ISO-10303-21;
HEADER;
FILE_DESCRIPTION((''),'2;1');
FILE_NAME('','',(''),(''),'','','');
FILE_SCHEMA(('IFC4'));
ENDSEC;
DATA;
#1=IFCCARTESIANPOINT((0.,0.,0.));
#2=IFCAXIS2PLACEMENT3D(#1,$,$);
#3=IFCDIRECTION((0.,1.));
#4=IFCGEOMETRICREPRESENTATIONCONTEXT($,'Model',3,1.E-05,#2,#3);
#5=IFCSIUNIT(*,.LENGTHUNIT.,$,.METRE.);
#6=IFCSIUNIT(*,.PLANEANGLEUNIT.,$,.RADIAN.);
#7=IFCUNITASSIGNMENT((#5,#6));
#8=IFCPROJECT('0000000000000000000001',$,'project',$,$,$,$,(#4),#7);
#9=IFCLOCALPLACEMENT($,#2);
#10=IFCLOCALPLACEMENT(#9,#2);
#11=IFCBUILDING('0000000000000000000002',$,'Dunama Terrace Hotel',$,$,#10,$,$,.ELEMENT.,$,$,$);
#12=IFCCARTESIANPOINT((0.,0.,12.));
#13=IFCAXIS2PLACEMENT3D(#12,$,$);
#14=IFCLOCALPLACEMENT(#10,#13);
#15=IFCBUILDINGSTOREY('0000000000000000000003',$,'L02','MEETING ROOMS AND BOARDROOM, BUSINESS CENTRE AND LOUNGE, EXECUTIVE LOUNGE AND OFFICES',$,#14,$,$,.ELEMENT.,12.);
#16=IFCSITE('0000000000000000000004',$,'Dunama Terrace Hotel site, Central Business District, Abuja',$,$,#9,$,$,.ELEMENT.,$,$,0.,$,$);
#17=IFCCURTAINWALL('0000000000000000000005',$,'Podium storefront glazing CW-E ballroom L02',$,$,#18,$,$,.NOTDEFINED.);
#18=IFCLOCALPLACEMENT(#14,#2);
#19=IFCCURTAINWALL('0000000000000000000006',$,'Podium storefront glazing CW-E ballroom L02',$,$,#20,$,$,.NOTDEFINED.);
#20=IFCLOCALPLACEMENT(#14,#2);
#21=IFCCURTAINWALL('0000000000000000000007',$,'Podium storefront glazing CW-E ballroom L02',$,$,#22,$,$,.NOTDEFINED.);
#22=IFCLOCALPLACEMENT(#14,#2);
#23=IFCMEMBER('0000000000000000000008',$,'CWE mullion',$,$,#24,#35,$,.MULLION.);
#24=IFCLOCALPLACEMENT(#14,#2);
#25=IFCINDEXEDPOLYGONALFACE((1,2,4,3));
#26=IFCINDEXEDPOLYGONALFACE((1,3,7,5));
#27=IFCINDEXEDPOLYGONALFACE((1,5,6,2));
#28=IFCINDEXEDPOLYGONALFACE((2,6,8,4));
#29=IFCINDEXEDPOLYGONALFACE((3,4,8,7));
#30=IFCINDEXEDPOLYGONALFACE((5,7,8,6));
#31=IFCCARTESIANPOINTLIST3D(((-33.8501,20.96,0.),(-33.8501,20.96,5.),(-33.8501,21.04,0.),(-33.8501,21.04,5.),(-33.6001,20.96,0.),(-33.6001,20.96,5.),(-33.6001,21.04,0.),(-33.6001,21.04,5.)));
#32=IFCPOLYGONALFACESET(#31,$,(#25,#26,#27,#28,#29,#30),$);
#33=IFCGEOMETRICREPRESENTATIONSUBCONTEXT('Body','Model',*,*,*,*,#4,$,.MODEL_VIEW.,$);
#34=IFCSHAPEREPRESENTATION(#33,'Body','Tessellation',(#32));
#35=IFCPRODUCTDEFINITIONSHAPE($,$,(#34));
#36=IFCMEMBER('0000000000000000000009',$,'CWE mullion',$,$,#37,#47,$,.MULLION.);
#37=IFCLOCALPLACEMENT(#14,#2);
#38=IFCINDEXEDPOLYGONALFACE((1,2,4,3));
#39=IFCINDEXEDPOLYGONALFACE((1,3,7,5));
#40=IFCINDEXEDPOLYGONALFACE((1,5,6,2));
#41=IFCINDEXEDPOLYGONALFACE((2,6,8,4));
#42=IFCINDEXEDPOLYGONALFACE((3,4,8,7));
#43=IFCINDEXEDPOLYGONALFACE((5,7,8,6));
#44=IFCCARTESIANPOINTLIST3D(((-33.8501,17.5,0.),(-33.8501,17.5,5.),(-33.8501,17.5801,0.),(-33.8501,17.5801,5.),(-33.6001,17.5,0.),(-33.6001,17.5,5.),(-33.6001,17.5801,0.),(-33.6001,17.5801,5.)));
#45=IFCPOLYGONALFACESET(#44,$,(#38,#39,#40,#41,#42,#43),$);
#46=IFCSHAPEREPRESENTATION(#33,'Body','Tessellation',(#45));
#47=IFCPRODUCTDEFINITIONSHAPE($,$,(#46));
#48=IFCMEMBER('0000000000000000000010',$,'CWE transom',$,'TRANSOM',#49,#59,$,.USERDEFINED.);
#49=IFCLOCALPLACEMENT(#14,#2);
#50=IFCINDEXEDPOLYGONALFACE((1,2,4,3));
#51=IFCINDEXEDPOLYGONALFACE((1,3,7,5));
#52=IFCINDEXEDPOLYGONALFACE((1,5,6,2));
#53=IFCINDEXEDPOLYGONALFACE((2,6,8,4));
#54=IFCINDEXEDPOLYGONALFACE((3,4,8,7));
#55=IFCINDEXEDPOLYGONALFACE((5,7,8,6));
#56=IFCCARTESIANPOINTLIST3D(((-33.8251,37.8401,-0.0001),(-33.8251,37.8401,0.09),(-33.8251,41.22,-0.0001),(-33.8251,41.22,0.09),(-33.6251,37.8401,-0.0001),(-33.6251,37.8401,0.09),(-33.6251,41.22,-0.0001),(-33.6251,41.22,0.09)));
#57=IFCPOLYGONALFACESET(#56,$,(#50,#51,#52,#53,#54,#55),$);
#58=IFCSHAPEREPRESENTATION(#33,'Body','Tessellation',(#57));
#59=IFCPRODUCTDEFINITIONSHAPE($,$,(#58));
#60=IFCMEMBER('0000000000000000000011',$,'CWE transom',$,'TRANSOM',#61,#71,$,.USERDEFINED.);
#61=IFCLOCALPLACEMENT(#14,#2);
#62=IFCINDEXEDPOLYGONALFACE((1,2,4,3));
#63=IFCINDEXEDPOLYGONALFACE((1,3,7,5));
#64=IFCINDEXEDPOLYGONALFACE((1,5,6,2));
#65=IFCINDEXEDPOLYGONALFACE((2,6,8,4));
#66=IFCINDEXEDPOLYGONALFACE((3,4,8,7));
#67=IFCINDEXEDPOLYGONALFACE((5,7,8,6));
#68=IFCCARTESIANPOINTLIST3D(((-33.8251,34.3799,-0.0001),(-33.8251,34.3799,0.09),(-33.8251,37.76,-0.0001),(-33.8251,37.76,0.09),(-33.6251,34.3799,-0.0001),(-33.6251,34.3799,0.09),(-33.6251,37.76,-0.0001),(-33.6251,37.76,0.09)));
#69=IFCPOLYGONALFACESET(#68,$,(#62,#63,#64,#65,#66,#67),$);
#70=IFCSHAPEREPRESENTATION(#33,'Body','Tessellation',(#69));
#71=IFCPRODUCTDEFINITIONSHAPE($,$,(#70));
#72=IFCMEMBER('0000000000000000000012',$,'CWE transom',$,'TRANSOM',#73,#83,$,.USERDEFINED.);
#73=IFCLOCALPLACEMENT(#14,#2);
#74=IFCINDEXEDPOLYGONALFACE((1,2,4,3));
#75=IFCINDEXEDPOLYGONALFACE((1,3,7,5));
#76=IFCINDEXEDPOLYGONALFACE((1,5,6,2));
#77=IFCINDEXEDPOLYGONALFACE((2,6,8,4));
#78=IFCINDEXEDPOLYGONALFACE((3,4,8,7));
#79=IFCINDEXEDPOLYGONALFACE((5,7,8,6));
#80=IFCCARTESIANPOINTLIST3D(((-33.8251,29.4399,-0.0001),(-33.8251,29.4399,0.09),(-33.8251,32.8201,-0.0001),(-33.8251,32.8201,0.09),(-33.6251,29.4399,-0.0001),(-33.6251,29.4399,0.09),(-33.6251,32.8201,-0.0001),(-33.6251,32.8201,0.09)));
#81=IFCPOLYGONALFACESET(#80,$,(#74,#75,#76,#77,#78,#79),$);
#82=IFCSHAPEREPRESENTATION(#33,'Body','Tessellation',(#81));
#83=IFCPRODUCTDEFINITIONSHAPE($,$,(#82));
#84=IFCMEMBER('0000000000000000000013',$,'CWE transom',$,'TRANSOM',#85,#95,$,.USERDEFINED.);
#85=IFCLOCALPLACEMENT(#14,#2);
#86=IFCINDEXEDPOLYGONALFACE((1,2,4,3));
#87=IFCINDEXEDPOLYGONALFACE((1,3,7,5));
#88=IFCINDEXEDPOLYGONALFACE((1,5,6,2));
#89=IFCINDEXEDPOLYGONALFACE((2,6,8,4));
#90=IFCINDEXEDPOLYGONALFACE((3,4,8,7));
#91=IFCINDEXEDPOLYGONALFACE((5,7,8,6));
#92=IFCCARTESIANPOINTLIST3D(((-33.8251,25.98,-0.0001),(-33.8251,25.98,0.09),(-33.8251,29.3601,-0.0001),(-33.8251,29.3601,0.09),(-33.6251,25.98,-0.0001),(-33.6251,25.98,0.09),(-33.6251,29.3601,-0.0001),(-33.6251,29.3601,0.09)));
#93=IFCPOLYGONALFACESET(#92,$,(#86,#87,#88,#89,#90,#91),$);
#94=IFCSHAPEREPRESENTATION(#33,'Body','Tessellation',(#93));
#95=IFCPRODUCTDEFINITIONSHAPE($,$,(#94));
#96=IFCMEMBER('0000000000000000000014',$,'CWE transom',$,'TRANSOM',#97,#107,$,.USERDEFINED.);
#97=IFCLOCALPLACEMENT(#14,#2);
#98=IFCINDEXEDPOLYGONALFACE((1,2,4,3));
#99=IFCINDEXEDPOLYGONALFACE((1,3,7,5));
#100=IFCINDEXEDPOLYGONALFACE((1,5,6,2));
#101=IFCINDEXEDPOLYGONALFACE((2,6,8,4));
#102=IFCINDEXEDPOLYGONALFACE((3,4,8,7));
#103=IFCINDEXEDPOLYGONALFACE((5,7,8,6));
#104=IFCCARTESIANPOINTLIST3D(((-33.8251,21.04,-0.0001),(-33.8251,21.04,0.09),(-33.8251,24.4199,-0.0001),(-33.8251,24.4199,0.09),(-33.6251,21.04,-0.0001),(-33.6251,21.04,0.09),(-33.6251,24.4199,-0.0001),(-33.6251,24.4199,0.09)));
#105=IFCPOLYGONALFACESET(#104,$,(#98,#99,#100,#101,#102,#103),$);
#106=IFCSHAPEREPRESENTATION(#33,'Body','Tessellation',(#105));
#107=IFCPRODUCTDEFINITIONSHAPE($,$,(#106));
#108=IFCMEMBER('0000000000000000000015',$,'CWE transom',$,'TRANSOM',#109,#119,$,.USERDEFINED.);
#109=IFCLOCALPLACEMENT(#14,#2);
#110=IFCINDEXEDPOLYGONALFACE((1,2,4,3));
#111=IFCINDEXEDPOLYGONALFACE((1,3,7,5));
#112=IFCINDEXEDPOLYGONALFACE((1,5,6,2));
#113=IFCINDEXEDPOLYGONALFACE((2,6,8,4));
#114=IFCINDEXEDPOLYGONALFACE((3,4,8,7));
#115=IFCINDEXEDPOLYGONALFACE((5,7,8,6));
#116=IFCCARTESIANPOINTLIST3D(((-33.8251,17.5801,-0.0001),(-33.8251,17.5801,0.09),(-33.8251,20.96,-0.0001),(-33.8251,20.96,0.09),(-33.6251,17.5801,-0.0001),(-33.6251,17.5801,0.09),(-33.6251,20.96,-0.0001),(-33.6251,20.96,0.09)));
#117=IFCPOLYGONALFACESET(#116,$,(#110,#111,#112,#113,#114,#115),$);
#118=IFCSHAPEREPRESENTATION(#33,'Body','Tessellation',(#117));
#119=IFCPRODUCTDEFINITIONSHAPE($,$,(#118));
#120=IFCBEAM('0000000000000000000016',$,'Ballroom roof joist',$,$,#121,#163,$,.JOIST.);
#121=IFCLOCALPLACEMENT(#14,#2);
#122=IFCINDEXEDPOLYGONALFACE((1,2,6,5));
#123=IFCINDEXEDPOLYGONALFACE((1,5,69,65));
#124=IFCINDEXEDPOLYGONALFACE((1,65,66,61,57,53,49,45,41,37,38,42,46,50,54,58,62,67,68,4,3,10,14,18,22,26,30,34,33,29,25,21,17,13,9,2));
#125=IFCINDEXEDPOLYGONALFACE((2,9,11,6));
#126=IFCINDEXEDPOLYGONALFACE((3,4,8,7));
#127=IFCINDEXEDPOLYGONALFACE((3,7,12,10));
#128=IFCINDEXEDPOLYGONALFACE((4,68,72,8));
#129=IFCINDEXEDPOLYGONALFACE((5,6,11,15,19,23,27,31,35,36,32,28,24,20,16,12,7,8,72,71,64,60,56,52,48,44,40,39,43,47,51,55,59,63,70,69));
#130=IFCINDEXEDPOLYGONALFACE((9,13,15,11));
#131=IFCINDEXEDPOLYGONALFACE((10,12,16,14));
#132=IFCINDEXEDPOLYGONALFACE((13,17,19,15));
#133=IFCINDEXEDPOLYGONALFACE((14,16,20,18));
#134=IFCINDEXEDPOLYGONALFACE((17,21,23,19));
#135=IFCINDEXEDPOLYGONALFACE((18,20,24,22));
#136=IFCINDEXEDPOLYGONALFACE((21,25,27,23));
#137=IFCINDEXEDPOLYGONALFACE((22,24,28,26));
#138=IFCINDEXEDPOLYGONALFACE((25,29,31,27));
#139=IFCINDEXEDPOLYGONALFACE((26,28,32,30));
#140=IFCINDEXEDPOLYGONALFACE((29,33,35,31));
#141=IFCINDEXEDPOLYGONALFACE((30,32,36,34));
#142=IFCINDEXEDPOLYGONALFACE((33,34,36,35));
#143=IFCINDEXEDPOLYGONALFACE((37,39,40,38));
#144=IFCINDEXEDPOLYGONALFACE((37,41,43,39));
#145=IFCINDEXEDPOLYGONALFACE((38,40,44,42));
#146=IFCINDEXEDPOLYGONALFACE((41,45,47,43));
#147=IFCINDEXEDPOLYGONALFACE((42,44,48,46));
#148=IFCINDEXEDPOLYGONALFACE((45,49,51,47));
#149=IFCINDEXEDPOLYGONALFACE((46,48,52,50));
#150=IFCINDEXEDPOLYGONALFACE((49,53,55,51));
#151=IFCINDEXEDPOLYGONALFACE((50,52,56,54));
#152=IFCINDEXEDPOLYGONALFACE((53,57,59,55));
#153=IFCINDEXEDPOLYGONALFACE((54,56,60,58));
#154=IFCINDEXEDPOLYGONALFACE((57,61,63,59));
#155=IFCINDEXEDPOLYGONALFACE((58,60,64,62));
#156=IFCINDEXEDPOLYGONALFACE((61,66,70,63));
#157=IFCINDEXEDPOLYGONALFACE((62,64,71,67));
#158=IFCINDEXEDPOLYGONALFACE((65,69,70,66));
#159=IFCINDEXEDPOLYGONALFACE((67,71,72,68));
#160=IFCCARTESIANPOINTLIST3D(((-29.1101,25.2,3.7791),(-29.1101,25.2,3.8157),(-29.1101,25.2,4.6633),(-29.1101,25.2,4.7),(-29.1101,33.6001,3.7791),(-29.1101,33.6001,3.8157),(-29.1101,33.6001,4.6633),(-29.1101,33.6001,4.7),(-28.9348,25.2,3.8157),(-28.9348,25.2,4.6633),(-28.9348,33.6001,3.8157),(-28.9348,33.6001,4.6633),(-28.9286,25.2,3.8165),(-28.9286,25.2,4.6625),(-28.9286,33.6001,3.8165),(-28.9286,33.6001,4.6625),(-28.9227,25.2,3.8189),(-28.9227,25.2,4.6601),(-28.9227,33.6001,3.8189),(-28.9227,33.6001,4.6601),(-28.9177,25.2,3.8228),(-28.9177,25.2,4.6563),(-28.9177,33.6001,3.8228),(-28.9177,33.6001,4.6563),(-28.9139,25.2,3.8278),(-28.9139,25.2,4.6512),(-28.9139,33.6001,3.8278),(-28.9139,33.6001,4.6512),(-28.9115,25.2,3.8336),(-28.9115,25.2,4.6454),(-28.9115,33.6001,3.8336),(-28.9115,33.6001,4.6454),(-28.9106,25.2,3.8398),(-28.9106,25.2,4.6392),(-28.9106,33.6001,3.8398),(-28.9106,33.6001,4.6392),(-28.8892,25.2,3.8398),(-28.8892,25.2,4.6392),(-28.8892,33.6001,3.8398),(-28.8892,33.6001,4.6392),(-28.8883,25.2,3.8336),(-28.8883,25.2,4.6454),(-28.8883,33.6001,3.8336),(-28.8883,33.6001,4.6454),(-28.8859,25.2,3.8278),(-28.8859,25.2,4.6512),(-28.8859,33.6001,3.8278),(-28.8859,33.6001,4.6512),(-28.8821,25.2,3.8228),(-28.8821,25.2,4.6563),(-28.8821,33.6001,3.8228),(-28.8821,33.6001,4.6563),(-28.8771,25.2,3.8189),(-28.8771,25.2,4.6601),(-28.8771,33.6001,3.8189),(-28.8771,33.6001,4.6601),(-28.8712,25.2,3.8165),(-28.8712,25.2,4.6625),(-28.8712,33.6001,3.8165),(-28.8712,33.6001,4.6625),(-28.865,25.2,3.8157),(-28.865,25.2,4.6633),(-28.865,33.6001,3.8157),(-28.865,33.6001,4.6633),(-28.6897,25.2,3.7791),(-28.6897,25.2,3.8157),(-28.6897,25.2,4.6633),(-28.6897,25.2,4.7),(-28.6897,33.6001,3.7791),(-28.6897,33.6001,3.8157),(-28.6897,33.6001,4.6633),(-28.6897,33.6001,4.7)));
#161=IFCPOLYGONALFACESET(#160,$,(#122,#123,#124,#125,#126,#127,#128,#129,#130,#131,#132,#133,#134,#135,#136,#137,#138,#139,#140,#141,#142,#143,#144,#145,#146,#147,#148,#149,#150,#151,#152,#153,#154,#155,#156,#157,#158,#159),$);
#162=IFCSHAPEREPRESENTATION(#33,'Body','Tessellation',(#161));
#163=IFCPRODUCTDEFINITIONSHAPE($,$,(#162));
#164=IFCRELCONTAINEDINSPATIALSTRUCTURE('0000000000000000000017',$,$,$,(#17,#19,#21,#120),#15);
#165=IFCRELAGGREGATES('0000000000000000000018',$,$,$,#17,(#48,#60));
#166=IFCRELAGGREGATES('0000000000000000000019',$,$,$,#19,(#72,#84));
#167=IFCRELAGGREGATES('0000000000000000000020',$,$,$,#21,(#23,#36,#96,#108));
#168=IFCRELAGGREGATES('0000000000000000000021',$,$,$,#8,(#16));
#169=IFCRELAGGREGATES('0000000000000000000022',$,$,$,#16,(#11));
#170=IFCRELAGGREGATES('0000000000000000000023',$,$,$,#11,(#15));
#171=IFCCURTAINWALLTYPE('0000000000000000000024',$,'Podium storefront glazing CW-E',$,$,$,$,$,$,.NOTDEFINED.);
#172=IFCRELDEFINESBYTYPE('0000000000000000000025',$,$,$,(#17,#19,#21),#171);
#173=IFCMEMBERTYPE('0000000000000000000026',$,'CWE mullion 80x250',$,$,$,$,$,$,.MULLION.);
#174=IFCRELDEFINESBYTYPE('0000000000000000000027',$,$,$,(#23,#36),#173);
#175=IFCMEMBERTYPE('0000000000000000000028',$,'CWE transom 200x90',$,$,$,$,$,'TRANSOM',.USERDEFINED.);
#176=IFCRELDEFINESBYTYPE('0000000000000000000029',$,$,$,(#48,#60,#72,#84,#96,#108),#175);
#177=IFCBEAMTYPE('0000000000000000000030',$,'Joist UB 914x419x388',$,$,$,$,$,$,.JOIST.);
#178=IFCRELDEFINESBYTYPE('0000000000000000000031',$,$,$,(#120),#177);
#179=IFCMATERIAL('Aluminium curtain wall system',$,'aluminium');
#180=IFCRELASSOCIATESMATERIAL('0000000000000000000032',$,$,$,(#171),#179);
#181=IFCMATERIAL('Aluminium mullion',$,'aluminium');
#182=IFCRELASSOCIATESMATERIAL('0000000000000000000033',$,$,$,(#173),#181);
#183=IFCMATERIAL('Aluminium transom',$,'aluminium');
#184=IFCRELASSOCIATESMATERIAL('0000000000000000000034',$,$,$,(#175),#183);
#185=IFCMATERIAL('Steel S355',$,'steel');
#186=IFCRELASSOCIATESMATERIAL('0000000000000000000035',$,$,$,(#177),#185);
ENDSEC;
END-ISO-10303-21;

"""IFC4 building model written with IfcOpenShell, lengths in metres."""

from ifc_helpers import new_model, si_unit, direction, frame, origin, origin_2d, place, context, subcontext, project, spatial, rectangle, i_section, extrude, material, material_profile, profile_set, type_object, element, aggregate, save


model = new_model("IFC4")

# Units and contexts
model_context = context("Model", 3, precision=1e-05, world=origin(), true_north=direction((0.0, 1.0)))
body_context = subcontext(model_context, "Body", "Model", "MODEL_VIEW")
ifc_project = project(units=[si_unit("LENGTHUNIT", "METRE"), si_unit("PLANEANGLEUNIT", "RADIAN")], contexts=[model_context])

# Site, building, storey
site_placement = place(None, origin())
site = spatial("IfcSite", under=ifc_project, at=site_placement, Name="Dunama Terrace Hotel site, Central Business District, Abuja", CompositionType="ELEMENT", RefElevation=0.0)
building_placement = place(site_placement, origin())
building = spatial("IfcBuilding", under=site, at=building_placement, Name="Dunama Terrace Hotel", CompositionType="ELEMENT")
storey_placement = place(building_placement, frame((0.0, 0.0, 12.0)))
storey = spatial("IfcBuildingStorey", under=building, at=storey_placement, Name="L02", Description="MEETING ROOMS AND BOARDROOM, BUSINESS CENTRE AND LOUNGE, EXECUTIVE LOUNGE AND OFFICES", CompositionType="ELEMENT", Elevation=12.0)

# Curtain walls, members
ifc_material_1 = material(Name="Aluminium curtain wall system", Category="aluminium")
curtain_wall_type = type_object("IfcCurtainWallType", Name="Podium storefront glazing CW-E", PredefinedType="NOTDEFINED", material=ifc_material_1)
curtain_wall_1_placement = place(storey_placement, origin())
curtain_wall_1 = element("IfcCurtainWall", 1, at=curtain_wall_1_placement, inside=storey, type_object=curtain_wall_type, Name="Podium storefront glazing CW-E ballroom L02", PredefinedType="NOTDEFINED")
ifc_material_2 = material(Name="Aluminium mullion", Category="aluminium")
ifc_material_profile_1 = material_profile(ifc_material_2, rectangle(XDim=0.0801, YDim=0.25, at=origin_2d()), Name="CWE MULLION 80X250")
ifc_profile_set_1 = profile_set([ifc_material_profile_1], Name="Aluminium mullion")
member_type_1 = type_object("IfcMemberType", Name="CWE mullion 80x250", PredefinedType="MULLION", material=ifc_profile_set_1)
curtain_wall_2_placement = place(storey_placement, origin())
curtain_wall_2 = element("IfcCurtainWall", 2, at=curtain_wall_2_placement, inside=storey, type_object=curtain_wall_type, Name="Podium storefront glazing CW-E ballroom L02", PredefinedType="NOTDEFINED")
curtain_wall_3_placement = place(storey_placement, origin())
curtain_wall_3 = element("IfcCurtainWall", 3, at=curtain_wall_3_placement, inside=storey, type_object=curtain_wall_type, Name="Podium storefront glazing CW-E ballroom L02", PredefinedType="NOTDEFINED")
member_1_placement = place(storey_placement, frame((-33.7251, 21.0, 0.0), z_axis=(0.0, 0.0, 1.0), x_axis=(0.0, -1.0, 0.0)))
member_1 = element("IfcMember", 4, at=member_1_placement, type_object=member_type_1, Name="CWE mullion", PredefinedType="MULLION", context=body_context, shape_type="SweptSolid", body=[
    extrude(rectangle(XDim=0.0801, YDim=0.25, at=origin_2d()), origin(), (0.0, 0.0, 1.0), 5.0),
])
member_2_placement = place(storey_placement, frame((-33.7251, 17.54, 0.0), z_axis=(0.0, 0.0, 1.0), x_axis=(0.0, -1.0, 0.0)))
member_2 = element("IfcMember", 5, at=member_2_placement, type_object=member_type_1, Name="CWE mullion", PredefinedType="MULLION", context=body_context, shape_type="SweptSolid", body=[
    extrude(rectangle(XDim=0.0801, YDim=0.25, at=origin_2d()), origin(), (0.0, 0.0, 1.0), 5.0),
])

# Members
ifc_material_3 = material(Name="Aluminium transom", Category="aluminium")
ifc_material_profile_2 = material_profile(ifc_material_3, rectangle(XDim=0.2, YDim=0.0901, at=origin_2d()), Name="CWE TRANSOM 200X90")
ifc_profile_set_2 = profile_set([ifc_material_profile_2], Name="Aluminium transom")
member_type_2 = type_object("IfcMemberType", Name="CWE transom 200x90", ElementType="TRANSOM", PredefinedType="USERDEFINED", material=ifc_profile_set_2)
member_3_placement = place(storey_placement, frame((-33.7251, 41.22, 0.0449), z_axis=(0.0, -1.0, 0.0), x_axis=(1.0, 0.0, 0.0)))
member_3 = element("IfcMember", 6, at=member_3_placement, type_object=member_type_2, Name="CWE transom", ObjectType="TRANSOM", PredefinedType="USERDEFINED", context=body_context, shape_type="SweptSolid", body=[
    extrude(rectangle(XDim=0.2, YDim=0.0901, at=origin_2d()), origin(), (0.0, 0.0, 1.0), 3.3799),
])
member_4_placement = place(storey_placement, frame((-33.7251, 37.76, 0.0449), z_axis=(0.0, -1.0, 0.0), x_axis=(1.0, 0.0, 0.0)))
member_4 = element("IfcMember", 7, at=member_4_placement, type_object=member_type_2, Name="CWE transom", ObjectType="TRANSOM", PredefinedType="USERDEFINED", context=body_context, shape_type="SweptSolid", body=[
    extrude(rectangle(XDim=0.2, YDim=0.0901, at=origin_2d()), origin(), (0.0, 0.0, 1.0), 3.3801),
])
member_5_placement = place(storey_placement, frame((-33.7251, 32.8201, 0.0449), z_axis=(0.0, -1.0, 0.0), x_axis=(1.0, 0.0, 0.0)))
member_5 = element("IfcMember", 8, at=member_5_placement, type_object=member_type_2, Name="CWE transom", ObjectType="TRANSOM", PredefinedType="USERDEFINED", context=body_context, shape_type="SweptSolid", body=[
    extrude(rectangle(XDim=0.2, YDim=0.0901, at=origin_2d()), origin(), (0.0, 0.0, 1.0), 3.3801),
])
member_6_placement = place(storey_placement, frame((-33.7251, 29.3601, 0.0449), z_axis=(0.0, -1.0, 0.0), x_axis=(1.0, 0.0, 0.0)))
member_6 = element("IfcMember", 9, at=member_6_placement, type_object=member_type_2, Name="CWE transom", ObjectType="TRANSOM", PredefinedType="USERDEFINED", context=body_context, shape_type="SweptSolid", body=[
    extrude(rectangle(XDim=0.2, YDim=0.0901, at=origin_2d()), origin(), (0.0, 0.0, 1.0), 3.3801),
])
member_7_placement = place(storey_placement, frame((-33.7251, 24.4199, 0.0449), z_axis=(0.0, -1.0, 0.0), x_axis=(1.0, 0.0, 0.0)))
member_7 = element("IfcMember", 10, at=member_7_placement, type_object=member_type_2, Name="CWE transom", ObjectType="TRANSOM", PredefinedType="USERDEFINED", context=body_context, shape_type="SweptSolid", body=[
    extrude(rectangle(XDim=0.2, YDim=0.0901, at=origin_2d()), origin(), (0.0, 0.0, 1.0), 3.3799),
])
member_8_placement = place(storey_placement, frame((-33.7251, 20.96, 0.0449), z_axis=(0.0, -1.0, 0.0), x_axis=(1.0, 0.0, 0.0)))
member_8 = element("IfcMember", 11, at=member_8_placement, type_object=member_type_2, Name="CWE transom", ObjectType="TRANSOM", PredefinedType="USERDEFINED", context=body_context, shape_type="SweptSolid", body=[
    extrude(rectangle(XDim=0.2, YDim=0.0901, at=origin_2d()), origin(), (0.0, 0.0, 1.0), 3.3799),
])

# Beam
ifc_material_4 = material(Name="Steel S355", Category="steel")
ifc_material_profile_3 = material_profile(ifc_material_4, i_section(OverallWidth=0.4204, OverallDepth=0.9209, WebThickness=0.0215, FlangeThickness=0.0366, FilletRadius=0.0242, at=origin_2d()), Name="UB 914x419x388")
ifc_profile_set_3 = profile_set([ifc_material_profile_3], Name="Steel S355")
beam_type = type_object("IfcBeamType", Name="Joist UB 914x419x388", PredefinedType="JOIST", material=ifc_profile_set_3)
beam_1_placement = place(storey_placement, frame((-28.8999, 25.2, 4.2395), z_axis=(0.0, 1.0, 0.0), x_axis=(-1.0, 0.0, 0.0)))
element("IfcBeam", 12, at=beam_1_placement, inside=storey, type_object=beam_type, Name="Ballroom roof joist", PredefinedType="JOIST", context=body_context, shape_type="SweptSolid", body=[
    extrude(i_section(OverallWidth=0.4204, OverallDepth=0.9209, WebThickness=0.0215, FlangeThickness=0.0366, FilletRadius=0.0242, at=origin_2d()), origin(), (0.0, 0.0, 1.0), 8.4001),
])

aggregate(curtain_wall_1, [member_3, member_4])
aggregate(curtain_wall_2, [member_5, member_6])
aggregate(curtain_wall_3, [member_1, member_2, member_7, member_8])

save(model, "model.ifc")
